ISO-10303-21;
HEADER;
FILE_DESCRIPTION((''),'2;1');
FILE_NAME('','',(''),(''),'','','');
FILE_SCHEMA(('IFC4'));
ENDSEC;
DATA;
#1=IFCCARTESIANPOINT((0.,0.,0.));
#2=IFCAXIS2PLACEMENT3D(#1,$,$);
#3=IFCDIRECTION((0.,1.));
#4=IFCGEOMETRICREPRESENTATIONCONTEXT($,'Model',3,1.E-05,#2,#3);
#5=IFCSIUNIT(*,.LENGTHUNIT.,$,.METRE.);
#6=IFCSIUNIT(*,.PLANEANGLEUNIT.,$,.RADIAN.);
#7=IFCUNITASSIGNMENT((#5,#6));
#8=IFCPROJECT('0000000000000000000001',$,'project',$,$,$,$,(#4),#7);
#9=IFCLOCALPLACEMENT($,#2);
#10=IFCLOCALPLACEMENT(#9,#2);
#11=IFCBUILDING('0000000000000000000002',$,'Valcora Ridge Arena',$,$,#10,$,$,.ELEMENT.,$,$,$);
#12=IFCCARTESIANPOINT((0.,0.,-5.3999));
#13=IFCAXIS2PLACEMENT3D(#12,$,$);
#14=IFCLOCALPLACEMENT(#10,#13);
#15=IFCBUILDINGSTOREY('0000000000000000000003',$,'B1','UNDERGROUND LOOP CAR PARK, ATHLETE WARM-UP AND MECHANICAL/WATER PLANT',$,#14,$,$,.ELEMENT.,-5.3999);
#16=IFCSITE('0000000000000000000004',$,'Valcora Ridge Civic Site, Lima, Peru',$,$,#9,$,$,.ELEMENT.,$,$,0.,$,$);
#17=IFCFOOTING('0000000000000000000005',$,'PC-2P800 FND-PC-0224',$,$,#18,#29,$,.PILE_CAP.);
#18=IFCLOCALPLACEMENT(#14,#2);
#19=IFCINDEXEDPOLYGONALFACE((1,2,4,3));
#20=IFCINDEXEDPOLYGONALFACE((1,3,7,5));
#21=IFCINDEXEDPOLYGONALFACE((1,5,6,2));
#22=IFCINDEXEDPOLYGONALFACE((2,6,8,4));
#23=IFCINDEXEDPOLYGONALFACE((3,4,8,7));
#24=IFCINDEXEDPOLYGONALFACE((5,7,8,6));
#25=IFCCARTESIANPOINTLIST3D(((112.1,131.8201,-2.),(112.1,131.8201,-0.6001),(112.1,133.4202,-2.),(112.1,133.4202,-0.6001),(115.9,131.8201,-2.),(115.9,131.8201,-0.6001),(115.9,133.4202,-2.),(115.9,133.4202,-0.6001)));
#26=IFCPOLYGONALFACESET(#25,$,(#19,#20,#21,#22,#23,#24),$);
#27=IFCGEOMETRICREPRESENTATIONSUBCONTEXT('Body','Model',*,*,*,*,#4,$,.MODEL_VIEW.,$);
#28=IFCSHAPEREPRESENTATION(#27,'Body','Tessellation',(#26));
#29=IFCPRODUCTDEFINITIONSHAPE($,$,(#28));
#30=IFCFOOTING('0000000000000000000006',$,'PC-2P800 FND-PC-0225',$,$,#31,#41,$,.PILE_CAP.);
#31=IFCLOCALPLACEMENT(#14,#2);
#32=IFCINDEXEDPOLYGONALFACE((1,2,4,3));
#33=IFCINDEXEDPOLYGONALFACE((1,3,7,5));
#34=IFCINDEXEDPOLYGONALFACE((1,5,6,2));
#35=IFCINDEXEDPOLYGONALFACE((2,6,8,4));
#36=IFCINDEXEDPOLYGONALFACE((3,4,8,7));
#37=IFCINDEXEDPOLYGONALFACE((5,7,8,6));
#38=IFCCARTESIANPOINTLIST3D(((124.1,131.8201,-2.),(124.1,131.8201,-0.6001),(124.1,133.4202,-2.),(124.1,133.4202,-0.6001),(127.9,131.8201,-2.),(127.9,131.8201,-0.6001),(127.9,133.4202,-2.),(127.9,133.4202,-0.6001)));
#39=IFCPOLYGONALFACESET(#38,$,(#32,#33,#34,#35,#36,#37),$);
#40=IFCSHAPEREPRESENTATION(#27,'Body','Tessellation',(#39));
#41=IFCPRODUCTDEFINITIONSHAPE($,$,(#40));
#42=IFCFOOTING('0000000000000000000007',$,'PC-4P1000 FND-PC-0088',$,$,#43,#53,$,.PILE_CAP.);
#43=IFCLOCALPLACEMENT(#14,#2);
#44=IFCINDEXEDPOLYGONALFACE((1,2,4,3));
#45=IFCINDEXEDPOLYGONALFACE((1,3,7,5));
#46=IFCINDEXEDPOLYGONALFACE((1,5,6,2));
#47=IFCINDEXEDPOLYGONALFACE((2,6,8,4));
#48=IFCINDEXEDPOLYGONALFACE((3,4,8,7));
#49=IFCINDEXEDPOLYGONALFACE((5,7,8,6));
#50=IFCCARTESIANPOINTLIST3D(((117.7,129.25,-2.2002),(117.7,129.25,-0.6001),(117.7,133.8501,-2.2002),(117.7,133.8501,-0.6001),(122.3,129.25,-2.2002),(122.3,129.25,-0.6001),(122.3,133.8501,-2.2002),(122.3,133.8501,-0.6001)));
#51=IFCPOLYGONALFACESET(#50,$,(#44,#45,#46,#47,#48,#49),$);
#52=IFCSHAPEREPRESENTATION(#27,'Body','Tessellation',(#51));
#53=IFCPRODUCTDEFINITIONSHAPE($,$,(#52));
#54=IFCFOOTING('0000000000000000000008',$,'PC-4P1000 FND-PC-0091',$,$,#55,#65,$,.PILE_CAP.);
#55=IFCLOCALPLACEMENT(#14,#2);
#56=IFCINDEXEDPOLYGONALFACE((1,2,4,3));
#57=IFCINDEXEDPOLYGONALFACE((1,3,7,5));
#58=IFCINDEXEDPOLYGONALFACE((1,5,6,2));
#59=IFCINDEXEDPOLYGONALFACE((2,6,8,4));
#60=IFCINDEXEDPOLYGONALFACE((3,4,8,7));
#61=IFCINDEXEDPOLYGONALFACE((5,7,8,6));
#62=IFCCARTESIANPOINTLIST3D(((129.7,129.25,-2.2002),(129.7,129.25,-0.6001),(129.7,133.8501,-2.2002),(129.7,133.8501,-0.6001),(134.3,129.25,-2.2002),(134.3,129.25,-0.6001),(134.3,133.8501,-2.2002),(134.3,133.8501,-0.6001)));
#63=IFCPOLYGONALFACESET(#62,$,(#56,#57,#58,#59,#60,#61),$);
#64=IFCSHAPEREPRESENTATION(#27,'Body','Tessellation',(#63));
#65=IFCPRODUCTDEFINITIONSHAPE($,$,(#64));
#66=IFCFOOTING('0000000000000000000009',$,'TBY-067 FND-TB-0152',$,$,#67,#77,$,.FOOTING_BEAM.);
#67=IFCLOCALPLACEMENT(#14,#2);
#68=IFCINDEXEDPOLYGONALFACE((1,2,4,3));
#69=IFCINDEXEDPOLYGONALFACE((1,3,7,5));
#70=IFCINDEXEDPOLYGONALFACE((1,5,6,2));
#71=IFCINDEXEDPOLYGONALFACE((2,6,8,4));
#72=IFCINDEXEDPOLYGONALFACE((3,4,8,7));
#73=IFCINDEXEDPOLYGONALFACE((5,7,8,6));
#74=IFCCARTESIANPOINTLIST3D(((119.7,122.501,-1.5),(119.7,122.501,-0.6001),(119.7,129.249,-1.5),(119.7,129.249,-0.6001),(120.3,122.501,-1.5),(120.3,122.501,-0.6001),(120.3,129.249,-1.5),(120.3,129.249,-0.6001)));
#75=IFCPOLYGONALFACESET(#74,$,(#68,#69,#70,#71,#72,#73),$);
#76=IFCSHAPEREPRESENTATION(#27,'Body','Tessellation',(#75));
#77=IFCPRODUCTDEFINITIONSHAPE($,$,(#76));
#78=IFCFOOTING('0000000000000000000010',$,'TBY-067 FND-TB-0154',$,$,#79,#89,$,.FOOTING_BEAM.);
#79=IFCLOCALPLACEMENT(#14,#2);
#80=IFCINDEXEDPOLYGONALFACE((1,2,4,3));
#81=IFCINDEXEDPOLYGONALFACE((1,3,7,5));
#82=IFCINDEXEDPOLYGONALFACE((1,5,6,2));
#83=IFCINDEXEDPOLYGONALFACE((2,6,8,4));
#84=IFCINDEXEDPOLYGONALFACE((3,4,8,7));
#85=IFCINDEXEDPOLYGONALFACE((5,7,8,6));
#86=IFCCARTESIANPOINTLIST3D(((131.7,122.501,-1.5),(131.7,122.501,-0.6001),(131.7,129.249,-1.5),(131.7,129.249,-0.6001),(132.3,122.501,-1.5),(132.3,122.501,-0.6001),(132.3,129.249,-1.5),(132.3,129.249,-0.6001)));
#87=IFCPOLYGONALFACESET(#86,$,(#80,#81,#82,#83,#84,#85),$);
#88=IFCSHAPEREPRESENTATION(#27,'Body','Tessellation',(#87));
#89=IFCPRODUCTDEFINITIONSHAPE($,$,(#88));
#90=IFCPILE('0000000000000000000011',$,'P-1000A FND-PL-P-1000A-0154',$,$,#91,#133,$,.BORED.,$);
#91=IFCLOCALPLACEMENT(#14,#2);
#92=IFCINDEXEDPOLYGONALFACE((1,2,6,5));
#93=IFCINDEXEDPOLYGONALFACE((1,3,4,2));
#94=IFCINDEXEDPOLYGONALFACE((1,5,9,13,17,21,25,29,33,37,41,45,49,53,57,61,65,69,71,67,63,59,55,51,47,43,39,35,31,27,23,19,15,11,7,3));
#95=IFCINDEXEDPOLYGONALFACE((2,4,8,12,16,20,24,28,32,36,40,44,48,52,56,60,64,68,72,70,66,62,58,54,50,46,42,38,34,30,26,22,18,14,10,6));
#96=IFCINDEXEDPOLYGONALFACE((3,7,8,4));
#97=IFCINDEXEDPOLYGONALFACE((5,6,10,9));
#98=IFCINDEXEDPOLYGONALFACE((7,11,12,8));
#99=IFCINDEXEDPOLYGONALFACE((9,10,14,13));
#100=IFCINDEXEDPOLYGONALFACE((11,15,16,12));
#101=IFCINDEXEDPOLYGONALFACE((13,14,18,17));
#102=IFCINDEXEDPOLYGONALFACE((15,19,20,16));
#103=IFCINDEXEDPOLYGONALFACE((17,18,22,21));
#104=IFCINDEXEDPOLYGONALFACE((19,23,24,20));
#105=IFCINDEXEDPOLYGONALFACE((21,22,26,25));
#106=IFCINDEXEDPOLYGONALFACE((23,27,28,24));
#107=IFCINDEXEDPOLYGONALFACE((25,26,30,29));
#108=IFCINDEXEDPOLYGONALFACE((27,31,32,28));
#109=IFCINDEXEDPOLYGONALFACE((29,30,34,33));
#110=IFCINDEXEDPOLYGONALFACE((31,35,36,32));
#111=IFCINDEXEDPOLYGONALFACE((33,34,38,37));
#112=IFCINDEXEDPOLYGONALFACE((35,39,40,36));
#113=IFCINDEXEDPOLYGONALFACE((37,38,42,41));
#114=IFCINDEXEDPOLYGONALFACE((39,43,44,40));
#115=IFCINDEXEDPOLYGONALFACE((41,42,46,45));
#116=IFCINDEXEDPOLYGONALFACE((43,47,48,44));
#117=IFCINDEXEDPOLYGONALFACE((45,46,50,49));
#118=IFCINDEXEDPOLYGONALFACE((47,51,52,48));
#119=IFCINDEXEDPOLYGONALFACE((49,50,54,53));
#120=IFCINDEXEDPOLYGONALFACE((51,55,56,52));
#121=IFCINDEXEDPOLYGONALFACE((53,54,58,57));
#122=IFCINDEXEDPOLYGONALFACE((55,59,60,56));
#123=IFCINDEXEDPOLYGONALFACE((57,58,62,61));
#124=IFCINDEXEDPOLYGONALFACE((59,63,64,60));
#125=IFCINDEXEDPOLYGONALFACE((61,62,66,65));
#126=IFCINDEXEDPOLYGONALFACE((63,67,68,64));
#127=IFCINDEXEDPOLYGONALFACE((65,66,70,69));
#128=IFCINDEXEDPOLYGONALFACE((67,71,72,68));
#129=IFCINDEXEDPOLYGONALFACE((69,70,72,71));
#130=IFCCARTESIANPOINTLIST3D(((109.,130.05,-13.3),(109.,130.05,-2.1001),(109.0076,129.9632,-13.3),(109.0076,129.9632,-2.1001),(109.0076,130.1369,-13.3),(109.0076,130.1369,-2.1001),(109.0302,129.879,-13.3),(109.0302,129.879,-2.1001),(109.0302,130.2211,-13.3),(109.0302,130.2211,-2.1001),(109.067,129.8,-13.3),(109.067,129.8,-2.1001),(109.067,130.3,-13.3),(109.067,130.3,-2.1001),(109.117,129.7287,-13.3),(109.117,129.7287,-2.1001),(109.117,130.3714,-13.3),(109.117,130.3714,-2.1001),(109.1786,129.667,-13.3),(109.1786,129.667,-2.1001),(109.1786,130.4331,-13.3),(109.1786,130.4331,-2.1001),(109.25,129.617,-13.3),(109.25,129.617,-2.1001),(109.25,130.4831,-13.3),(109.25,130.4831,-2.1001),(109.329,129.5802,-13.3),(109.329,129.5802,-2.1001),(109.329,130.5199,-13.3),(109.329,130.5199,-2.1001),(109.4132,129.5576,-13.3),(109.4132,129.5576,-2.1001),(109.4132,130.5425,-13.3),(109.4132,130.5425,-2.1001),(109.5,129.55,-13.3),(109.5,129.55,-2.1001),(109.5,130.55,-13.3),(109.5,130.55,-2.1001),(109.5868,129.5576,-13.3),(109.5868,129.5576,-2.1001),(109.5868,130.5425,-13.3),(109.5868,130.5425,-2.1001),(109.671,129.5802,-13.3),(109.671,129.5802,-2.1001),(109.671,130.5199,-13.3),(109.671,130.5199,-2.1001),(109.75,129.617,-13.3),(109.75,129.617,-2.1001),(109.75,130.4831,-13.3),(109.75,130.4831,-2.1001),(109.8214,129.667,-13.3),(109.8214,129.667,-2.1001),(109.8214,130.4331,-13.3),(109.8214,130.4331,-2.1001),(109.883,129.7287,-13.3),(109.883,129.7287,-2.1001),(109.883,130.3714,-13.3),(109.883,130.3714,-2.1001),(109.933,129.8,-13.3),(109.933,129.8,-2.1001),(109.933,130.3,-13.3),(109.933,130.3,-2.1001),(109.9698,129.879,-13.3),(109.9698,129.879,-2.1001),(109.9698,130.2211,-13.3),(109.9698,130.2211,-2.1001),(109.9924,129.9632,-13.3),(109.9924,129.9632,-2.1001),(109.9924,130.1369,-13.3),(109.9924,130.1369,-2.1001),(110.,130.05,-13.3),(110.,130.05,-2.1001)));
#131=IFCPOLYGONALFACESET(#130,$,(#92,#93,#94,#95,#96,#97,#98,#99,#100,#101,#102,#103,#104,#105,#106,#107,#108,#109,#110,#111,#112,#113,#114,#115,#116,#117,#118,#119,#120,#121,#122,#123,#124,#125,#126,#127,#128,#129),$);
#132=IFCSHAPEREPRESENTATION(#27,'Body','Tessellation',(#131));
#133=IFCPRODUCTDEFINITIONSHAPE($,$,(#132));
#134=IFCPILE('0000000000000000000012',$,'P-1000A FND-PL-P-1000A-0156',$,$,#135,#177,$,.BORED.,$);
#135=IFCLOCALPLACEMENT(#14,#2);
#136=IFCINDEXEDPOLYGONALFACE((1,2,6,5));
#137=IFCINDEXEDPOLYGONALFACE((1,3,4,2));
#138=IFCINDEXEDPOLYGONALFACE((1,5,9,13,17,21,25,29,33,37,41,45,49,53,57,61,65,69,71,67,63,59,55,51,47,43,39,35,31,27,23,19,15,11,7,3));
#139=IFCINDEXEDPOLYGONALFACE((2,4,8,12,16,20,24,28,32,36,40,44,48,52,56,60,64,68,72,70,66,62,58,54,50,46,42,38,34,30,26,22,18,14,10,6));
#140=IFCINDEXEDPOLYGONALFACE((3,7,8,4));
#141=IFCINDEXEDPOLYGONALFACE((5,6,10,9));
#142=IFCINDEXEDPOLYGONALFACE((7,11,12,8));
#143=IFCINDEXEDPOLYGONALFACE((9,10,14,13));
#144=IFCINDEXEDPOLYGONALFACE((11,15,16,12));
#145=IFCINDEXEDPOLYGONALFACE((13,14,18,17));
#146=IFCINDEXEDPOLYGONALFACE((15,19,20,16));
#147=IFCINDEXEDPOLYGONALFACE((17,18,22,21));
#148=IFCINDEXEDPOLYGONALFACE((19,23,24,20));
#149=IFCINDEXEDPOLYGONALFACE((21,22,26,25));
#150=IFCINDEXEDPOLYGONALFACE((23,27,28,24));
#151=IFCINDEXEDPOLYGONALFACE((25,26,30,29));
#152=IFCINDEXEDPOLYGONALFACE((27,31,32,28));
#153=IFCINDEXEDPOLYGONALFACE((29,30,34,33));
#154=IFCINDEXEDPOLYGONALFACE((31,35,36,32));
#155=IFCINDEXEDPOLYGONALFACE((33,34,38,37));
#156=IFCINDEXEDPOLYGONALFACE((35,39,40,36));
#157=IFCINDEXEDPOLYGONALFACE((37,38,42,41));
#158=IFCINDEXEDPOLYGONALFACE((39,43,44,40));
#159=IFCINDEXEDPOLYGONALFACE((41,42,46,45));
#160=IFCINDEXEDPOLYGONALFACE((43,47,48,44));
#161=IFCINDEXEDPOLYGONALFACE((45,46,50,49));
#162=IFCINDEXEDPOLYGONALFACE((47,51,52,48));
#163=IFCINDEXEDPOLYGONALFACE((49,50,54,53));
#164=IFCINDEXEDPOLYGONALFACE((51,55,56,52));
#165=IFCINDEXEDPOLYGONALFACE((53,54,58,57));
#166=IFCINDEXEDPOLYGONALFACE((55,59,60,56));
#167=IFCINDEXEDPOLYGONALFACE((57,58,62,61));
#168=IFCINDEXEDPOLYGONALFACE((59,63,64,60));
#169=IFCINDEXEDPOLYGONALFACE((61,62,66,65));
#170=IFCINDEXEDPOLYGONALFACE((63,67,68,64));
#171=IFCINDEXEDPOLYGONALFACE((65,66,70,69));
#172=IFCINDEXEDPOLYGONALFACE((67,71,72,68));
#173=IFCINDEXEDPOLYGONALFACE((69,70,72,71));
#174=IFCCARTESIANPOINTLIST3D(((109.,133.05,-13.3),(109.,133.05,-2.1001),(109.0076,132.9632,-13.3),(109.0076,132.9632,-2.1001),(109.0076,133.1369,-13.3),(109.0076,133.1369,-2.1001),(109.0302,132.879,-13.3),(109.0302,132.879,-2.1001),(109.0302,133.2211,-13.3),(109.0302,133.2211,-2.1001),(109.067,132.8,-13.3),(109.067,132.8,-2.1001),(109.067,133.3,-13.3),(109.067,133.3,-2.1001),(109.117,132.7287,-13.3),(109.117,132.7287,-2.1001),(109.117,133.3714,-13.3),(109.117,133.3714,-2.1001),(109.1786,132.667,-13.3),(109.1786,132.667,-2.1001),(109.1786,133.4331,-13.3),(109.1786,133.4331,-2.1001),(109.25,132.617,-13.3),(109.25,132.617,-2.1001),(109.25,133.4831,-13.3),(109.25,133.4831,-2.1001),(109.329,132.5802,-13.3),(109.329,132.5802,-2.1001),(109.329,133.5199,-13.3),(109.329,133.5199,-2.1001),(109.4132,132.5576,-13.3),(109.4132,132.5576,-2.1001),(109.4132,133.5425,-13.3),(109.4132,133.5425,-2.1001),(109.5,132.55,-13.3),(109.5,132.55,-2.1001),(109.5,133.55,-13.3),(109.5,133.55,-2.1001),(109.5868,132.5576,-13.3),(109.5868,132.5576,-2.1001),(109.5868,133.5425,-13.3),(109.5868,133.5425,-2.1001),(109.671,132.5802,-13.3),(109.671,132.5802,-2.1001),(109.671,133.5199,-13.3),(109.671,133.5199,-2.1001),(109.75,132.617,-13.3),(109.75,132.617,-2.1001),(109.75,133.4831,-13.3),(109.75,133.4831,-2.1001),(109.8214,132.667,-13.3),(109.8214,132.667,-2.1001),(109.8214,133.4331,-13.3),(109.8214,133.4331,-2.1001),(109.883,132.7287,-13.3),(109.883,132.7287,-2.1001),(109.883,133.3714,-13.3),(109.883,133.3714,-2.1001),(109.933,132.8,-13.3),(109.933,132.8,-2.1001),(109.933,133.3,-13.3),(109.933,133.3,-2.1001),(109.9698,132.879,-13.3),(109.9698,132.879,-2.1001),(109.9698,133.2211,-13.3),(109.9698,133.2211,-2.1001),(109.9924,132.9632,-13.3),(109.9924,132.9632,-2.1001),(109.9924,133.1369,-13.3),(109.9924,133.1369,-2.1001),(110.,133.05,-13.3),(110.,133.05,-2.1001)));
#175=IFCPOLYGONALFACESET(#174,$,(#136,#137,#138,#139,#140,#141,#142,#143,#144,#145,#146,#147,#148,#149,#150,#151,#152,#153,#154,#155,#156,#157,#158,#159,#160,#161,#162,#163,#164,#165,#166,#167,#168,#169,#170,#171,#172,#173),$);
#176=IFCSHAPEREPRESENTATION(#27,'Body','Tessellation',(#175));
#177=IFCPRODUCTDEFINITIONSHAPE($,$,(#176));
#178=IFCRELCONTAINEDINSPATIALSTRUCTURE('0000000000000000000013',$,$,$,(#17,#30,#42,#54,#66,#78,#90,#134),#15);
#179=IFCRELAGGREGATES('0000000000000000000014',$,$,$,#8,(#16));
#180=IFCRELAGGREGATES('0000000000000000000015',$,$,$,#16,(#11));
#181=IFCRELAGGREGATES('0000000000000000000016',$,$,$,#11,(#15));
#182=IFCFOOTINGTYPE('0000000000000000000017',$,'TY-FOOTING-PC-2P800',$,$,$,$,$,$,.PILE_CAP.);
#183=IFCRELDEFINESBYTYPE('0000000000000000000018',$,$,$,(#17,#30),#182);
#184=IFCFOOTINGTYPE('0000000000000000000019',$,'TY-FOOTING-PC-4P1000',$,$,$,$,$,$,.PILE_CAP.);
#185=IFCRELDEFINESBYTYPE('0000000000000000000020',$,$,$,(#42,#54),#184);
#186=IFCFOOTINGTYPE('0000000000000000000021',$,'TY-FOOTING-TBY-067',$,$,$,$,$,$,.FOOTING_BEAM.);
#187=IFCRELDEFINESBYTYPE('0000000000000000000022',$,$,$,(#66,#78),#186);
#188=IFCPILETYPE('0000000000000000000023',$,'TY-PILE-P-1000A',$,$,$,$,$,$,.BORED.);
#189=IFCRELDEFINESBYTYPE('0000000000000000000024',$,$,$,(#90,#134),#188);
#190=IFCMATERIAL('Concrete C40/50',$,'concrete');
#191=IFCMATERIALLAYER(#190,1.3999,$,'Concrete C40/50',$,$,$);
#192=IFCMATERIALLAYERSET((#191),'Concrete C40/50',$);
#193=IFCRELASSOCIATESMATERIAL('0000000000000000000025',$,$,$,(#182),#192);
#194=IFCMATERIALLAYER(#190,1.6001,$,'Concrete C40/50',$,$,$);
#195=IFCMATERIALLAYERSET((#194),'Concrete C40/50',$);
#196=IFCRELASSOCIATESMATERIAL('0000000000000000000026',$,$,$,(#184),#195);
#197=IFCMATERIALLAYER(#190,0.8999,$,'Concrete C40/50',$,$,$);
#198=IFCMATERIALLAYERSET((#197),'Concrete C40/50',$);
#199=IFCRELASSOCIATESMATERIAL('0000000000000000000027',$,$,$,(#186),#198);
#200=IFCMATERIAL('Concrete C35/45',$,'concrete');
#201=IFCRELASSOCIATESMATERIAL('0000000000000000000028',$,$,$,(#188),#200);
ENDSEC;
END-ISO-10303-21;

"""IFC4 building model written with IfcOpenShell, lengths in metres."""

from ifc_helpers import new_model, si_unit, direction, frame, origin, origin_2d, place, context, subcontext, project, spatial, rectangle, circle, extrude, material, layer, layer_set, material_profile, profile_set, type_object, element, save


model = new_model("IFC4")

# Units and contexts
model_context = context("Model", 3, precision=1e-05, world=origin(), true_north=direction((0.0, 1.0)))
body_context = subcontext(model_context, "Body", "Model", "MODEL_VIEW")
ifc_project = project(units=[si_unit("LENGTHUNIT", "METRE"), si_unit("PLANEANGLEUNIT", "RADIAN")], contexts=[model_context])

# Site, building, storey
site_placement = place(None, origin())
site = spatial("IfcSite", under=ifc_project, at=site_placement, Name="Valcora Ridge Civic Site, Lima, Peru", CompositionType="ELEMENT", RefElevation=0.0)
building_placement = place(site_placement, origin())
building = spatial("IfcBuilding", under=site, at=building_placement, Name="Valcora Ridge Arena", CompositionType="ELEMENT")
storey_placement = place(building_placement, frame((0.0, 0.0, -5.3999)))
storey = spatial("IfcBuildingStorey", under=building, at=storey_placement, Name="B1", Description="UNDERGROUND LOOP CAR PARK, ATHLETE WARM-UP AND MECHANICAL/WATER PLANT", CompositionType="ELEMENT", Elevation=-5.3999)

# Footings
ifc_material_1 = material(Name="Concrete C40/50", Category="concrete")
ifc_layer_1 = layer(ifc_material_1, 1.3999, Name="Concrete C40/50")
ifc_layer_set_1 = layer_set([ifc_layer_1], Name="Concrete C40/50")
footing_type_1 = type_object("IfcFootingType", Name="TY-FOOTING-PC-2P800", PredefinedType="PILE_CAP", material=ifc_layer_set_1)
for number, where, z_axis, x_axis, name in (
    (1, (114.0, 132.6201, -2.0), (0.0, 0.0, 1.0), (1.0, 0.0, 0.0), "PC-2P800 FND-PC-0224"),
    (2, (126.0, 132.6201, -2.0), (0.0, 0.0, 1.0), (1.0, 0.0, 0.0), "PC-2P800 FND-PC-0225"),
):
    element("IfcFooting", number, at=place(storey_placement, frame(where, z_axis=z_axis, x_axis=x_axis)), inside=storey, type_object=footing_type_1, Name=name, PredefinedType="PILE_CAP", context=body_context, shape_type="SweptSolid", body=[
        extrude(rectangle(XDim=3.8, YDim=1.6001, at=origin_2d()), origin(), (0.0, 0.0, 1.0), 1.3999),
    ])
ifc_layer_2 = layer(ifc_material_1, 1.6001, Name="Concrete C40/50")
ifc_layer_set_2 = layer_set([ifc_layer_2], Name="Concrete C40/50")
footing_type_2 = type_object("IfcFootingType", Name="TY-FOOTING-PC-4P1000", PredefinedType="PILE_CAP", material=ifc_layer_set_2)
for number, where, z_axis, x_axis, name in (
    (3, (120.0, 131.55, -2.2002), (0.0, 0.0, 1.0), (1.0, 0.0, 0.0), "PC-4P1000 FND-PC-0088"),
    (4, (132.0, 131.55, -2.2002), (0.0, 0.0, 1.0), (1.0, 0.0, 0.0), "PC-4P1000 FND-PC-0091"),
):
    element("IfcFooting", number, at=place(storey_placement, frame(where, z_axis=z_axis, x_axis=x_axis)), inside=storey, type_object=footing_type_2, Name=name, PredefinedType="PILE_CAP", context=body_context, shape_type="SweptSolid", body=[
        extrude(rectangle(XDim=4.6001, YDim=4.6001, at=origin_2d()), origin(), (0.0, 0.0, 1.0), 1.6001),
    ])
ifc_layer_3 = layer(ifc_material_1, 0.8999, Name="Concrete C40/50")
ifc_layer_set_3 = layer_set([ifc_layer_3], Name="Concrete C40/50")
footing_type_3 = type_object("IfcFootingType", Name="TY-FOOTING-TBY-067", PredefinedType="FOOTING_BEAM", material=ifc_layer_set_3)
for number, where, z_axis, x_axis, name in (
    (5, (120.0, 125.875, -1.5), (0.0, 0.0, 1.0), (1.0, 0.0, 0.0), "TBY-067 FND-TB-0152"),
    (6, (132.0, 125.875, -1.5), (0.0, 0.0, 1.0), (1.0, 0.0, 0.0), "TBY-067 FND-TB-0154"),
):
    element("IfcFooting", number, at=place(storey_placement, frame(where, z_axis=z_axis, x_axis=x_axis)), inside=storey, type_object=footing_type_3, Name=name, PredefinedType="FOOTING_BEAM", context=body_context, shape_type="SweptSolid", body=[
        extrude(rectangle(XDim=0.6001, YDim=6.748, at=origin_2d()), origin(), (0.0, 0.0, 1.0), 0.8999),
    ])

# Piles
ifc_material_2 = material(Name="Concrete C35/45", Category="concrete")
ifc_material_profile_1 = material_profile(ifc_material_2, circle(Radius=0.5, at=origin_2d()), Name="BORED PILE D1000")
ifc_profile_set_1 = profile_set([ifc_material_profile_1], Name="Concrete C35/45")
pile_type_1 = type_object("IfcPileType", Name="TY-PILE-P-1000A", PredefinedType="BORED", material=ifc_profile_set_1)
for number, where, z_axis, x_axis, name in (
    (7, (109.5, 130.05, -2.1001), (0.0, 0.0, -1.0), (1.0, 0.0, 0.0), "P-1000A FND-PL-P-1000A-0154"),
    (8, (109.5, 133.05, -2.1001), (0.0, 0.0, -1.0), (1.0, 0.0, 0.0), "P-1000A FND-PL-P-1000A-0156"),
):
    element("IfcPile", number, at=place(storey_placement, frame(where, z_axis=z_axis, x_axis=x_axis)), inside=storey, type_object=pile_type_1, Name=name, PredefinedType="BORED", context=body_context, shape_type="SweptSolid", body=[
        extrude(circle(Radius=0.5, at=origin_2d()), origin(), (0.0, 0.0, 1.0), 11.2),
    ])

save(model, "model.ifc")
